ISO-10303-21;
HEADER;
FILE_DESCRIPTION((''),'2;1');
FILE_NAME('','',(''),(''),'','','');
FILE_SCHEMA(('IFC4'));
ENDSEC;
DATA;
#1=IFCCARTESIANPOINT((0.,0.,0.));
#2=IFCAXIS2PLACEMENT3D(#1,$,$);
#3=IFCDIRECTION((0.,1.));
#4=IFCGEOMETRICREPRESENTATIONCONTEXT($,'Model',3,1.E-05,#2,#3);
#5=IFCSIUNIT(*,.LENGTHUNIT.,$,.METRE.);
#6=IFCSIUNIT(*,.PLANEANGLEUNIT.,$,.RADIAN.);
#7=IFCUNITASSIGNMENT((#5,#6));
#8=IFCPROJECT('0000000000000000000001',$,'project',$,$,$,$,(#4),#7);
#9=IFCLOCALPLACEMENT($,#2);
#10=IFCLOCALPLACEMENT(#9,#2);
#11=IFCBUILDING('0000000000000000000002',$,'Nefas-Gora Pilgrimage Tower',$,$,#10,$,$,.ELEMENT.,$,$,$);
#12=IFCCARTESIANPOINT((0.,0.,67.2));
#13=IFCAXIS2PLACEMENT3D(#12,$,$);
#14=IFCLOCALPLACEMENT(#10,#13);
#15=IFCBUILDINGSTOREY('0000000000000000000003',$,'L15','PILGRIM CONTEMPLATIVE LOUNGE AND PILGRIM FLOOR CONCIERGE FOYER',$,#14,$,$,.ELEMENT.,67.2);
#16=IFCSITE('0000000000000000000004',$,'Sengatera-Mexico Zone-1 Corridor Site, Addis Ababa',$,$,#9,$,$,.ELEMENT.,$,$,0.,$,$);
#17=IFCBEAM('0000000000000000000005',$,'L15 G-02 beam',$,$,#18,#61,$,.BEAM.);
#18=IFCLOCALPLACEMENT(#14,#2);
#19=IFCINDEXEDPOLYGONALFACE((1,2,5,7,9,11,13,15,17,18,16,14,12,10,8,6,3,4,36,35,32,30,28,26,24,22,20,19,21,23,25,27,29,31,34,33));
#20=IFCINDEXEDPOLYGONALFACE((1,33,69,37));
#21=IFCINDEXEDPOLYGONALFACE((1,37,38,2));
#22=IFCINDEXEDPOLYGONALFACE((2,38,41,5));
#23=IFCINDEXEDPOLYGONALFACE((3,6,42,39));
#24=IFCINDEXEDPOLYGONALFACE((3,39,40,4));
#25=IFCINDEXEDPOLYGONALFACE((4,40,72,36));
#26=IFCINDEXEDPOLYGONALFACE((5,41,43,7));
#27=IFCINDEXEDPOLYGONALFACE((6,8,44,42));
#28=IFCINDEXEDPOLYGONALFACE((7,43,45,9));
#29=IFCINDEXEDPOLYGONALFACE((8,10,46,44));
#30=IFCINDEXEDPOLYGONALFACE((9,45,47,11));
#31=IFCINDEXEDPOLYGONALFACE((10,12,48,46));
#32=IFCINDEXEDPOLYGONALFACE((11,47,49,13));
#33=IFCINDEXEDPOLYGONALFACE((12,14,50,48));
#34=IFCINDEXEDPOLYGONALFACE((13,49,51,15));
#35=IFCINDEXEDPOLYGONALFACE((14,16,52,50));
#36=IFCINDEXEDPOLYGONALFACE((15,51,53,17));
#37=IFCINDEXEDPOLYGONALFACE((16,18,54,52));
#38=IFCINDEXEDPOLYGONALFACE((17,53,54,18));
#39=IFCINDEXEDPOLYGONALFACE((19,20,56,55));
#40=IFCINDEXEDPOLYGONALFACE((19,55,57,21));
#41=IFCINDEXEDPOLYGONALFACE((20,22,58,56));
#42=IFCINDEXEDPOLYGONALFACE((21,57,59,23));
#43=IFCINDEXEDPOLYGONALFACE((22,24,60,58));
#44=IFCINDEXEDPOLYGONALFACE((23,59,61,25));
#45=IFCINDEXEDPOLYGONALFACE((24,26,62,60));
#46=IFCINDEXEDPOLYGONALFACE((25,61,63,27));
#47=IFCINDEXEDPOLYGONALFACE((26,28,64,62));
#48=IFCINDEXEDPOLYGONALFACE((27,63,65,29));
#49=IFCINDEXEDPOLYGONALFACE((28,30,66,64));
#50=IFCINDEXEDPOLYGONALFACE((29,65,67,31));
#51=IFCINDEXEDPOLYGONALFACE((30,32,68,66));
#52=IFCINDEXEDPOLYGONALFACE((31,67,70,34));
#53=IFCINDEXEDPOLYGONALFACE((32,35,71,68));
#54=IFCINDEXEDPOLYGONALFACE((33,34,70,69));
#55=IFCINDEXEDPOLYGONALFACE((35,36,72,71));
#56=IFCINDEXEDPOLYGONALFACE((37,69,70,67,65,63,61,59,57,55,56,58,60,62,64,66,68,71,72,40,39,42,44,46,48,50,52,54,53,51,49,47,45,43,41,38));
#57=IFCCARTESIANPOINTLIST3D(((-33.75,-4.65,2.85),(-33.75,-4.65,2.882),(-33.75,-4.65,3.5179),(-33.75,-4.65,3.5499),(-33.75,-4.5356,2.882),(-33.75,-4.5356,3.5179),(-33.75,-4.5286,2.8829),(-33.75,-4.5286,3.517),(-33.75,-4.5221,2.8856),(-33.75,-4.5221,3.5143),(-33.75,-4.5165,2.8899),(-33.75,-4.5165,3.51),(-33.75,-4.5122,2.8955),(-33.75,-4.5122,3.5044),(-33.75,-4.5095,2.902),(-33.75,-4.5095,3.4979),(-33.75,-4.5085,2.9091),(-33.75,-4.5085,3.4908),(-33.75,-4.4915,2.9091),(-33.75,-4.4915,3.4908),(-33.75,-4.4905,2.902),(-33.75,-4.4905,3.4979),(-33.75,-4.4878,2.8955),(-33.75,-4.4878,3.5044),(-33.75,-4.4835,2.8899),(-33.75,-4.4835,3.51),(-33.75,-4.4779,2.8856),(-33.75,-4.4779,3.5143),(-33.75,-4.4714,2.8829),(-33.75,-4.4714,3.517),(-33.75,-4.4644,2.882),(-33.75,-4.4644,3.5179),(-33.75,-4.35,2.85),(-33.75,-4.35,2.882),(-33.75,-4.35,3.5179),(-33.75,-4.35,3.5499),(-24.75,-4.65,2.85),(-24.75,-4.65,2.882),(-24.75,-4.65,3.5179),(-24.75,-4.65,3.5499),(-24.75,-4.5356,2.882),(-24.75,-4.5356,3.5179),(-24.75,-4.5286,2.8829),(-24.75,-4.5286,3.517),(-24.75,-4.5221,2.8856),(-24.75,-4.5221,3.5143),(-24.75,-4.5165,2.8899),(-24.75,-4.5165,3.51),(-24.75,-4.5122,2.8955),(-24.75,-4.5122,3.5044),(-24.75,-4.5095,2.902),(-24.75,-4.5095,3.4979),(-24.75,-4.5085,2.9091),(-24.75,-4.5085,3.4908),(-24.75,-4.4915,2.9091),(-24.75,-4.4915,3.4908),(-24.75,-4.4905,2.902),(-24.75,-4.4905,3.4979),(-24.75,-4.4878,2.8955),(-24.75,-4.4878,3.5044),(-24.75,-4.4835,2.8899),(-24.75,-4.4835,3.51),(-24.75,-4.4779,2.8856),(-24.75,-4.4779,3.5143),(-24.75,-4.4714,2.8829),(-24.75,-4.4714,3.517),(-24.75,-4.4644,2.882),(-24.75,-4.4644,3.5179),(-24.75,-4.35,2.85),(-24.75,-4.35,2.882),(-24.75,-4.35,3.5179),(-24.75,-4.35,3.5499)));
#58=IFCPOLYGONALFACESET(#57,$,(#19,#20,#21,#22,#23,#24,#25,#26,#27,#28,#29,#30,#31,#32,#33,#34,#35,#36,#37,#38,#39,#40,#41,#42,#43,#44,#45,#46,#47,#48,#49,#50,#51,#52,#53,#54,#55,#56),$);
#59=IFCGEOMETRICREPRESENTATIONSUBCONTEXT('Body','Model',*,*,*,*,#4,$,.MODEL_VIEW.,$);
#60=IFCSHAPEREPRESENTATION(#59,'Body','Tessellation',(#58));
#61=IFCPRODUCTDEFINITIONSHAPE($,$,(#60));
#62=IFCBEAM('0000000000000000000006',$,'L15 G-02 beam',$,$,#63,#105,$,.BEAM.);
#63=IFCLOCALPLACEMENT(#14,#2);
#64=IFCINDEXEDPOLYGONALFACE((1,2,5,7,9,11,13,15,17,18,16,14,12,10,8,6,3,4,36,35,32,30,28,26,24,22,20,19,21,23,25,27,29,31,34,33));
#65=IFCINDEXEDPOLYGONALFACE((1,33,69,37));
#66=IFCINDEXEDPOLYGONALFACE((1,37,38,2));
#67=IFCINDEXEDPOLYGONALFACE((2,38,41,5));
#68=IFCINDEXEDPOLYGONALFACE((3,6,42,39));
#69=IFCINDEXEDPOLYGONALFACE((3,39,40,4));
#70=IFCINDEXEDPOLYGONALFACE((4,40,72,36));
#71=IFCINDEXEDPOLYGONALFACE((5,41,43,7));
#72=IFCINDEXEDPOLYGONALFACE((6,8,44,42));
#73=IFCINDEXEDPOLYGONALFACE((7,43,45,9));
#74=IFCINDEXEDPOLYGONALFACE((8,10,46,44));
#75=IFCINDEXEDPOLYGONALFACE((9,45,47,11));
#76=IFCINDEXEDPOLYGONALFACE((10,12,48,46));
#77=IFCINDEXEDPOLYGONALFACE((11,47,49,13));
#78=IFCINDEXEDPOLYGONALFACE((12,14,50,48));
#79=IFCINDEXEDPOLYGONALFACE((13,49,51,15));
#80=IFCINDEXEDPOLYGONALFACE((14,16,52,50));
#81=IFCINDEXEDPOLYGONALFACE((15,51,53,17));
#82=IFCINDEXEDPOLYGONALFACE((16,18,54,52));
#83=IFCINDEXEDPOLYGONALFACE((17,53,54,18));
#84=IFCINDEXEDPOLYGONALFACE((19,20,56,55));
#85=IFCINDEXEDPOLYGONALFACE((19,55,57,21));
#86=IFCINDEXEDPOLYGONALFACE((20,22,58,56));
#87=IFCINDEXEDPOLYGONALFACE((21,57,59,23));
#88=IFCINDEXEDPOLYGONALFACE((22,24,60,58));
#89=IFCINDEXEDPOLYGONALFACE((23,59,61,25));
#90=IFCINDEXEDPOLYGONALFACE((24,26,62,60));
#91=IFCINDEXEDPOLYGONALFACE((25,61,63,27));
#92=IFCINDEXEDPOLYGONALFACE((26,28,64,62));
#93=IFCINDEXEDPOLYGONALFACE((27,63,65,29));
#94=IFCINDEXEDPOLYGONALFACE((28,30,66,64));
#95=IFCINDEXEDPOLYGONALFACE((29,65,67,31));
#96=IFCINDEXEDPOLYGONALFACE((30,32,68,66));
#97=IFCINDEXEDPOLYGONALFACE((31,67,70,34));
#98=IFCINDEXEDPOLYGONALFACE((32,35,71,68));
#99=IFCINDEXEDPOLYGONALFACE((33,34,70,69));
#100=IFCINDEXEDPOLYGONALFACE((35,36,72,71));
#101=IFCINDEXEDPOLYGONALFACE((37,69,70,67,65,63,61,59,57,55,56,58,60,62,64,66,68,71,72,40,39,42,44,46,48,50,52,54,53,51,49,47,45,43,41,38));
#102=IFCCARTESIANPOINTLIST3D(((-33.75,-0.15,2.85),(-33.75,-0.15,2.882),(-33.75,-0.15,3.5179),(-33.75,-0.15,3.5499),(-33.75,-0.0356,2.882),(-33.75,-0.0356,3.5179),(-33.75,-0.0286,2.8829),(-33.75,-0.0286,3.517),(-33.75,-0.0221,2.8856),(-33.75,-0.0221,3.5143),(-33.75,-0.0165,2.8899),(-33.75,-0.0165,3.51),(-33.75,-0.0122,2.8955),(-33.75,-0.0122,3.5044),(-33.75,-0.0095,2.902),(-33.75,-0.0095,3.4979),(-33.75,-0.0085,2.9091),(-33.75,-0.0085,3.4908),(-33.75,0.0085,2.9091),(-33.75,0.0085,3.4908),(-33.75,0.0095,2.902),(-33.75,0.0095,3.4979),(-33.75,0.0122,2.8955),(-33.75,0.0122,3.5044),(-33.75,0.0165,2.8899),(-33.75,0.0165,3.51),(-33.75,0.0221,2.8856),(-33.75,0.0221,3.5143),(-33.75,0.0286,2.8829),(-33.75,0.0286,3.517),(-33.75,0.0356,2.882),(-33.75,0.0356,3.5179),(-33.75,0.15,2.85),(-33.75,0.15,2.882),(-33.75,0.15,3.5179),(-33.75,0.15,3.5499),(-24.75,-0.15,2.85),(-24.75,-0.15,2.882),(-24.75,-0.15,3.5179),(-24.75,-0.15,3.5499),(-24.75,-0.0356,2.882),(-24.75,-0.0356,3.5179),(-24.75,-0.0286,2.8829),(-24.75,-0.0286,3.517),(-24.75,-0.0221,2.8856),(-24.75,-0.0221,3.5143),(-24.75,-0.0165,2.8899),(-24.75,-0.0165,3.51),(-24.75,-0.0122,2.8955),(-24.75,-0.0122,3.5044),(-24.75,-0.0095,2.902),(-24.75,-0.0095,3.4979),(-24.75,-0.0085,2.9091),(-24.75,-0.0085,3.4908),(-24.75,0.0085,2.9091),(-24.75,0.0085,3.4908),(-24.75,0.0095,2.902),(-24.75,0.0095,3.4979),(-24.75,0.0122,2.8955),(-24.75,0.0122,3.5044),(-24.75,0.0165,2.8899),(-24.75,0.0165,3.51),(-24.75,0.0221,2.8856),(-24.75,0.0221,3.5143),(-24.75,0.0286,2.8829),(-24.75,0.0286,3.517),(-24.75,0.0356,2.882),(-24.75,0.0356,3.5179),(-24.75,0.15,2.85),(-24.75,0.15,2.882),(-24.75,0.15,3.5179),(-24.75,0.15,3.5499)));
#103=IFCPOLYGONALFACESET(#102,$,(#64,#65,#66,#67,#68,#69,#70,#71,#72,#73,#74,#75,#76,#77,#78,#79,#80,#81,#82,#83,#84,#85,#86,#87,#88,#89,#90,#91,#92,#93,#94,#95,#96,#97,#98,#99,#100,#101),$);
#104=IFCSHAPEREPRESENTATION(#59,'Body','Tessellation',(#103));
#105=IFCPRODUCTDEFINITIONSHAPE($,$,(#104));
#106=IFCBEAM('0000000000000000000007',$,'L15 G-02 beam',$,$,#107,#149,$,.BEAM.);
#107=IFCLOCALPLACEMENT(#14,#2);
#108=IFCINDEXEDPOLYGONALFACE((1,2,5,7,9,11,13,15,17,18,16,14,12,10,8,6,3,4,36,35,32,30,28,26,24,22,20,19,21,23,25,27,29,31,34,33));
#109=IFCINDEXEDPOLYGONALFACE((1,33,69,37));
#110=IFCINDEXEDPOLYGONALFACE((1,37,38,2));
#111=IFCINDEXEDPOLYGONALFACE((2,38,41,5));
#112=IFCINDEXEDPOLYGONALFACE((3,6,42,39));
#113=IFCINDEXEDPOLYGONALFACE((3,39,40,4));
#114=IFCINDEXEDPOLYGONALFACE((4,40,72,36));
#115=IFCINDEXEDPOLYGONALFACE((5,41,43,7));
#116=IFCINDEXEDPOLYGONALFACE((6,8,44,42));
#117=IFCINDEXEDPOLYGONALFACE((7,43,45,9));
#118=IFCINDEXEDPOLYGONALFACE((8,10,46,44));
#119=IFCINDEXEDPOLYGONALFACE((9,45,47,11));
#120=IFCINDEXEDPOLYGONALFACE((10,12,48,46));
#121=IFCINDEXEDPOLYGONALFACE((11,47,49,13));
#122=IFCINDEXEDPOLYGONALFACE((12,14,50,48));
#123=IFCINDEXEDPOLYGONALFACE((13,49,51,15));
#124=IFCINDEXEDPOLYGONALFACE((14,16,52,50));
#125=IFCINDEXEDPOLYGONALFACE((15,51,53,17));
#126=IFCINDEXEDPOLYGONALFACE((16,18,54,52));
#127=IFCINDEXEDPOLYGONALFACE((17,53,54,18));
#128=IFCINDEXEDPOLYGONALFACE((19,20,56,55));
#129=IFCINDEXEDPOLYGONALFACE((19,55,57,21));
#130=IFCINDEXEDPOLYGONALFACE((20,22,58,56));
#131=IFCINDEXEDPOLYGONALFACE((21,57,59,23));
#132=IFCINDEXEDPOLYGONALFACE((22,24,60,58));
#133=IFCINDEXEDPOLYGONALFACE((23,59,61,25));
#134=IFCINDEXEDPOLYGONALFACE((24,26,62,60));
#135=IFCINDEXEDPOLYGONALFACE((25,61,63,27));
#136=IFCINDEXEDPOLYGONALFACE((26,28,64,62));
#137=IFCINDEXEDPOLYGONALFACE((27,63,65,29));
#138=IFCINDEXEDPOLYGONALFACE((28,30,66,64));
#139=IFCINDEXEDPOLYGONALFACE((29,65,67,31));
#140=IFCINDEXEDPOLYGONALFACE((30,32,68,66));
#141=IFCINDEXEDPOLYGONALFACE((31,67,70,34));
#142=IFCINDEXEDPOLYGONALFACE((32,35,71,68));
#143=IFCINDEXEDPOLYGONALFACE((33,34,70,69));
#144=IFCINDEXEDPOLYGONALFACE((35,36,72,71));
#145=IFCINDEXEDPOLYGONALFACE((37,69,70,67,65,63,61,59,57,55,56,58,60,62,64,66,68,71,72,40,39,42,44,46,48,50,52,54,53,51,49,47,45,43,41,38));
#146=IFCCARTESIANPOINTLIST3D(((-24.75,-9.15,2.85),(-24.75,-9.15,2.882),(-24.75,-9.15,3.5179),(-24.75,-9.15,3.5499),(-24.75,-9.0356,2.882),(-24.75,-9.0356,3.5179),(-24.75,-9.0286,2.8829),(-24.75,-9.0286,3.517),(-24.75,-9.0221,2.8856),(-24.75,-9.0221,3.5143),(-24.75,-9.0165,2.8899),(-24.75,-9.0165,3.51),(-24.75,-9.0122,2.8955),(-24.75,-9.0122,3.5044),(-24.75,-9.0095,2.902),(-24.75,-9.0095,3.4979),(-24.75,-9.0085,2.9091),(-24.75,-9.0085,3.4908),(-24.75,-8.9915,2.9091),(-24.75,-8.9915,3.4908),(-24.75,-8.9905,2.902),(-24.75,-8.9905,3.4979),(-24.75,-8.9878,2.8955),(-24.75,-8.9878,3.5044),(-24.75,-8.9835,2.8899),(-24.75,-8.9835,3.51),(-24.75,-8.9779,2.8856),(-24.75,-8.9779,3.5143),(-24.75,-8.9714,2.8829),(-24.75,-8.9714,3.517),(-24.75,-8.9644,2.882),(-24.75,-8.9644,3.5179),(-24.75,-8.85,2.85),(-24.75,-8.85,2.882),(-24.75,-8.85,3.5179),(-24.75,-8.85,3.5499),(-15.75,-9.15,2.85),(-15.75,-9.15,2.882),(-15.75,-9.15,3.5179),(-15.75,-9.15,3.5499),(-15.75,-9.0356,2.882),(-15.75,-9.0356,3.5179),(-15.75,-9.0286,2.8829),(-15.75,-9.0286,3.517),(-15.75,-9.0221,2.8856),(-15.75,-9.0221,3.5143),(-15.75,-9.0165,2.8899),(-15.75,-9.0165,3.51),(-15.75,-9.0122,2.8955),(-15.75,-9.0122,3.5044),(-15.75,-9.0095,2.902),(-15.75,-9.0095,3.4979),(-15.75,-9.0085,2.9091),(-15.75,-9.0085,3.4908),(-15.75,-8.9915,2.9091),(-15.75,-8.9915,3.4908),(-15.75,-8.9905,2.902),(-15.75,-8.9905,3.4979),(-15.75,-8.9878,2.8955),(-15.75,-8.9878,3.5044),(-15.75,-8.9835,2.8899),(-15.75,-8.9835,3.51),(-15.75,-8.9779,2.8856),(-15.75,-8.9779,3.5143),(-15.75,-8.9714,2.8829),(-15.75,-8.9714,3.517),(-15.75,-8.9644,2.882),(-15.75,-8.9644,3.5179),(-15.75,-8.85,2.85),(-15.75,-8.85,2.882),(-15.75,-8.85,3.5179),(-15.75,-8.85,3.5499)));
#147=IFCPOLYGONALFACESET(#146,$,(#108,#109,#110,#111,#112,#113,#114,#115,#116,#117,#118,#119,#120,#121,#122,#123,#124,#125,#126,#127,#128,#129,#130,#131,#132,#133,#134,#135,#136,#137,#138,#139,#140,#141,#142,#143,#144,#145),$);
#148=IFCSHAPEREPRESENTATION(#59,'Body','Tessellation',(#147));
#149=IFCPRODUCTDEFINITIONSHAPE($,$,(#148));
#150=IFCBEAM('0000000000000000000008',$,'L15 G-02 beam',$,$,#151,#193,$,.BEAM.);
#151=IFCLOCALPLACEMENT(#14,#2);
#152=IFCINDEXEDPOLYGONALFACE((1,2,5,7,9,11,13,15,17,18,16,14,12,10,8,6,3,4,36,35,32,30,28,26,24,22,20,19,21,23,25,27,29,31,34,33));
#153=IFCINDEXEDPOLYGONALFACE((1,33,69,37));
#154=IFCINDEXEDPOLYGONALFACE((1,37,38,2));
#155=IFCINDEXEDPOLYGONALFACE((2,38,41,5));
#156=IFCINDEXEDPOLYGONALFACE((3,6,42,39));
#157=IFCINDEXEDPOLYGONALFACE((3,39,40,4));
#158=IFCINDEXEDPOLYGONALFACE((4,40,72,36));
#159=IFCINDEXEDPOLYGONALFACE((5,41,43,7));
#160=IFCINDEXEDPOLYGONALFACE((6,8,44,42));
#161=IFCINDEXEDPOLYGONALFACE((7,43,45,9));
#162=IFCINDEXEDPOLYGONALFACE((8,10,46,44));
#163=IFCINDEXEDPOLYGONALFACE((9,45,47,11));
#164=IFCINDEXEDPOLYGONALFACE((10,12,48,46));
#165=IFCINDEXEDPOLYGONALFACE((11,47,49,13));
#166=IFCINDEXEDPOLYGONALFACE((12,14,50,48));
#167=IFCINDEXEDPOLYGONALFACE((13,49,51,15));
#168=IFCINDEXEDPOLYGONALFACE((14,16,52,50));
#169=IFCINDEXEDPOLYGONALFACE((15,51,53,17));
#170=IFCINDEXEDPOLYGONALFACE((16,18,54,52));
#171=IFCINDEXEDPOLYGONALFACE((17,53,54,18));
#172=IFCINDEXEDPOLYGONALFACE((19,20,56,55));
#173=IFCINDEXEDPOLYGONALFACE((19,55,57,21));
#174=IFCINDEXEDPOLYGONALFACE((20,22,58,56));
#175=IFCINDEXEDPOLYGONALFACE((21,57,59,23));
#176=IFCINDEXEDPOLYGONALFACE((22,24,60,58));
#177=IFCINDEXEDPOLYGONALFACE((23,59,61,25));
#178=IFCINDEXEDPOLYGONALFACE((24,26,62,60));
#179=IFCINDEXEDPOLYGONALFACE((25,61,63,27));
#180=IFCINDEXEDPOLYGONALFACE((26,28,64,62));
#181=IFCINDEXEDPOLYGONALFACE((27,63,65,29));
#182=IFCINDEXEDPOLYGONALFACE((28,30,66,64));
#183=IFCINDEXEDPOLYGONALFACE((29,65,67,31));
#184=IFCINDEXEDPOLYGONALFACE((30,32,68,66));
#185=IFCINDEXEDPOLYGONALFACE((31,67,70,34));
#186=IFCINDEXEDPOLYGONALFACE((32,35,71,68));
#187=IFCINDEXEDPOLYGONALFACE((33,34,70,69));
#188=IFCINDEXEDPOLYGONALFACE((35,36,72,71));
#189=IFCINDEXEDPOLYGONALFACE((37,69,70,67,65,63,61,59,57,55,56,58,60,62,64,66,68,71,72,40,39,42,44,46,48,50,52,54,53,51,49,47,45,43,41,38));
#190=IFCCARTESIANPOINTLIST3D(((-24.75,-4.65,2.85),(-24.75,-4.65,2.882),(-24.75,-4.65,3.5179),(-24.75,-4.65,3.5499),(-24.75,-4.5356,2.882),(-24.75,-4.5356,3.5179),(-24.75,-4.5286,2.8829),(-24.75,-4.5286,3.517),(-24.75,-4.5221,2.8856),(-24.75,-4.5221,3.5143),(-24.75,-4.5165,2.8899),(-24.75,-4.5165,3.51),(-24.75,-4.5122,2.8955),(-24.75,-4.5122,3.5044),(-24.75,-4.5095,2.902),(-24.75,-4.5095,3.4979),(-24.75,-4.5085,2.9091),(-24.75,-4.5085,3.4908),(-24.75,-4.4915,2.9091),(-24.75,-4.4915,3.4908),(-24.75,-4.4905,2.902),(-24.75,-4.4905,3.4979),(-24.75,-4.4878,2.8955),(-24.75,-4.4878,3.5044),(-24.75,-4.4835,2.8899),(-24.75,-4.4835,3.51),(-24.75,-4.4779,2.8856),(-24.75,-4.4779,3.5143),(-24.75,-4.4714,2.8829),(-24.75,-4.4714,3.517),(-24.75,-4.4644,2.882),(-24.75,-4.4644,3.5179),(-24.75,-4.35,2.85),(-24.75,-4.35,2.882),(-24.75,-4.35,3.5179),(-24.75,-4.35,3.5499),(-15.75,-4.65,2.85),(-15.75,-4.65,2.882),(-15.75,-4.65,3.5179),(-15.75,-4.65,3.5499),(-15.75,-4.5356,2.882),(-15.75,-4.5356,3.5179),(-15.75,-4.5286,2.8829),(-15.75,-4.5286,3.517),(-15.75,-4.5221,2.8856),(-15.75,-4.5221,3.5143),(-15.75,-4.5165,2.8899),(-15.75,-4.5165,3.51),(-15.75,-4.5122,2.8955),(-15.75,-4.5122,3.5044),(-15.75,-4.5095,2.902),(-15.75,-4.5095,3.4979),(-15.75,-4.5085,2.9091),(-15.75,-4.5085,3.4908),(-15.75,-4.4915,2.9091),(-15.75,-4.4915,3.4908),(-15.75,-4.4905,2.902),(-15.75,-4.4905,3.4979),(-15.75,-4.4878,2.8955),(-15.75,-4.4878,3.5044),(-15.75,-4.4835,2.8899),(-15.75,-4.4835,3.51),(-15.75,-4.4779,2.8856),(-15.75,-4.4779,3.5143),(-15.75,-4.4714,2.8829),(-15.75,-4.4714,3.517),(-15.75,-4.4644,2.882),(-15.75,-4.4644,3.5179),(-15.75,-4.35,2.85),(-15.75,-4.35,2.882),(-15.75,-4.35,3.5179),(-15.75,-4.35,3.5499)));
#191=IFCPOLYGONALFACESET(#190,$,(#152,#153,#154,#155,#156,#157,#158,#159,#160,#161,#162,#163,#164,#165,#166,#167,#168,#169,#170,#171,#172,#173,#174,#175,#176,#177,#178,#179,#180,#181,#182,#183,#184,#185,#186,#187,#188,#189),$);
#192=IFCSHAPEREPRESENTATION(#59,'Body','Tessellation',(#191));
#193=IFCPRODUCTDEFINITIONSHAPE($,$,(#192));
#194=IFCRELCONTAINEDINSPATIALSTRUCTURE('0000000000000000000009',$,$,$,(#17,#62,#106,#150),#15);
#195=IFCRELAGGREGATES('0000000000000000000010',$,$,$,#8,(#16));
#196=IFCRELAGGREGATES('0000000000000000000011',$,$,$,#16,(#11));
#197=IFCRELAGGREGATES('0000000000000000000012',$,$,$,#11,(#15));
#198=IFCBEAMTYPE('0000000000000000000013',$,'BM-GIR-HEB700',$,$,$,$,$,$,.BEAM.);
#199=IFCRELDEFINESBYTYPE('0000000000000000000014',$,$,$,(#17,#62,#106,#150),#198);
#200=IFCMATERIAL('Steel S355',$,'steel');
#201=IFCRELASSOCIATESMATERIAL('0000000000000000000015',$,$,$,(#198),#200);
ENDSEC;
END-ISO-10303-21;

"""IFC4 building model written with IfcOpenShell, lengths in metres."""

from ifc_helpers import new_model, si_unit, direction, frame, origin, origin_2d, place, context, subcontext, project, spatial, i_section, extrude, source, transform, mapped, material, material_profile, profile_set, type_object, element, save


model = new_model("IFC4")

# Units and contexts
model_context = context("Model", 3, precision=1e-05, world=origin(), true_north=direction((0.0, 1.0)))
body_context = subcontext(model_context, "Body", "Model", "MODEL_VIEW")
ifc_project = project(units=[si_unit("LENGTHUNIT", "METRE"), si_unit("PLANEANGLEUNIT", "RADIAN")], contexts=[model_context])

# Site, building, storey
site_placement = place(None, origin())
site = spatial("IfcSite", under=ifc_project, at=site_placement, Name="Sengatera-Mexico Zone-1 Corridor Site, Addis Ababa", CompositionType="ELEMENT", RefElevation=0.0)
building_placement = place(site_placement, origin())
building = spatial("IfcBuilding", under=site, at=building_placement, Name="Nefas-Gora Pilgrimage Tower", CompositionType="ELEMENT")
storey_placement = place(building_placement, frame((0.0, 0.0, 67.2)))
storey = spatial("IfcBuildingStorey", under=building, at=storey_placement, Name="L15", Description="PILGRIM CONTEMPLATIVE LOUNGE AND PILGRIM FLOOR CONCIERGE FOYER", CompositionType="ELEMENT", Elevation=67.2)

# Beams
ifc_material_1 = material(Name="Steel S355", Category="steel")
ifc_material_profile_1 = material_profile(ifc_material_1, i_section(OverallWidth=0.3, OverallDepth=0.7, WebThickness=0.0171, FlangeThickness=0.032, FilletRadius=0.0271, at=origin_2d()), Name="HEB 700")
ifc_profile_set_1 = profile_set([ifc_material_profile_1], Name="Steel S355")
beam_type_1 = type_object("IfcBeamType", Name="BM-GIR-HEB700", PredefinedType="BEAM", material=ifc_profile_set_1)
shared_shape_1 = source(origin(), body_context, "Body", "SweptSolid", [
    extrude(i_section(OverallWidth=0.3, OverallDepth=0.7, WebThickness=0.0171, FlangeThickness=0.032, FilletRadius=0.0271, at=origin_2d()), origin(), (0.0, 0.0, 1.0), 9.0),
])
for number, where, z_axis, x_axis, name in (
    (1, (-33.75, -4.5, 3.2), (1.0, 0.0, 0.0), (0.0, 1.0, 0.0), "L15 G-02 beam"),
    (2, (-33.75, 0.0, 3.2), (1.0, 0.0, 0.0), (0.0, 1.0, 0.0), "L15 G-02 beam"),
    (3, (-24.75, -9.0, 3.2), (1.0, 0.0, 0.0), (0.0, 1.0, 0.0), "L15 G-02 beam"),
    (4, (-24.75, -4.5, 3.2), (1.0, 0.0, 0.0), (0.0, 1.0, 0.0), "L15 G-02 beam"),
):
    element("IfcBeam", number, at=place(storey_placement, frame(where, z_axis=z_axis, x_axis=x_axis)), inside=storey, type_object=beam_type_1, Name=name, PredefinedType="BEAM", context=body_context, shape_type="MappedRepresentation", body=[
        mapped(shared_shape_1, transform((0.0, 0.0, 0.0), x_axis=(1.0, 0.0, 0.0), y_axis=(0.0, 1.0, 0.0), z_axis=(0.0, 0.0, 1.0), scale=1.0)),
    ])

save(model, "model.ifc")
